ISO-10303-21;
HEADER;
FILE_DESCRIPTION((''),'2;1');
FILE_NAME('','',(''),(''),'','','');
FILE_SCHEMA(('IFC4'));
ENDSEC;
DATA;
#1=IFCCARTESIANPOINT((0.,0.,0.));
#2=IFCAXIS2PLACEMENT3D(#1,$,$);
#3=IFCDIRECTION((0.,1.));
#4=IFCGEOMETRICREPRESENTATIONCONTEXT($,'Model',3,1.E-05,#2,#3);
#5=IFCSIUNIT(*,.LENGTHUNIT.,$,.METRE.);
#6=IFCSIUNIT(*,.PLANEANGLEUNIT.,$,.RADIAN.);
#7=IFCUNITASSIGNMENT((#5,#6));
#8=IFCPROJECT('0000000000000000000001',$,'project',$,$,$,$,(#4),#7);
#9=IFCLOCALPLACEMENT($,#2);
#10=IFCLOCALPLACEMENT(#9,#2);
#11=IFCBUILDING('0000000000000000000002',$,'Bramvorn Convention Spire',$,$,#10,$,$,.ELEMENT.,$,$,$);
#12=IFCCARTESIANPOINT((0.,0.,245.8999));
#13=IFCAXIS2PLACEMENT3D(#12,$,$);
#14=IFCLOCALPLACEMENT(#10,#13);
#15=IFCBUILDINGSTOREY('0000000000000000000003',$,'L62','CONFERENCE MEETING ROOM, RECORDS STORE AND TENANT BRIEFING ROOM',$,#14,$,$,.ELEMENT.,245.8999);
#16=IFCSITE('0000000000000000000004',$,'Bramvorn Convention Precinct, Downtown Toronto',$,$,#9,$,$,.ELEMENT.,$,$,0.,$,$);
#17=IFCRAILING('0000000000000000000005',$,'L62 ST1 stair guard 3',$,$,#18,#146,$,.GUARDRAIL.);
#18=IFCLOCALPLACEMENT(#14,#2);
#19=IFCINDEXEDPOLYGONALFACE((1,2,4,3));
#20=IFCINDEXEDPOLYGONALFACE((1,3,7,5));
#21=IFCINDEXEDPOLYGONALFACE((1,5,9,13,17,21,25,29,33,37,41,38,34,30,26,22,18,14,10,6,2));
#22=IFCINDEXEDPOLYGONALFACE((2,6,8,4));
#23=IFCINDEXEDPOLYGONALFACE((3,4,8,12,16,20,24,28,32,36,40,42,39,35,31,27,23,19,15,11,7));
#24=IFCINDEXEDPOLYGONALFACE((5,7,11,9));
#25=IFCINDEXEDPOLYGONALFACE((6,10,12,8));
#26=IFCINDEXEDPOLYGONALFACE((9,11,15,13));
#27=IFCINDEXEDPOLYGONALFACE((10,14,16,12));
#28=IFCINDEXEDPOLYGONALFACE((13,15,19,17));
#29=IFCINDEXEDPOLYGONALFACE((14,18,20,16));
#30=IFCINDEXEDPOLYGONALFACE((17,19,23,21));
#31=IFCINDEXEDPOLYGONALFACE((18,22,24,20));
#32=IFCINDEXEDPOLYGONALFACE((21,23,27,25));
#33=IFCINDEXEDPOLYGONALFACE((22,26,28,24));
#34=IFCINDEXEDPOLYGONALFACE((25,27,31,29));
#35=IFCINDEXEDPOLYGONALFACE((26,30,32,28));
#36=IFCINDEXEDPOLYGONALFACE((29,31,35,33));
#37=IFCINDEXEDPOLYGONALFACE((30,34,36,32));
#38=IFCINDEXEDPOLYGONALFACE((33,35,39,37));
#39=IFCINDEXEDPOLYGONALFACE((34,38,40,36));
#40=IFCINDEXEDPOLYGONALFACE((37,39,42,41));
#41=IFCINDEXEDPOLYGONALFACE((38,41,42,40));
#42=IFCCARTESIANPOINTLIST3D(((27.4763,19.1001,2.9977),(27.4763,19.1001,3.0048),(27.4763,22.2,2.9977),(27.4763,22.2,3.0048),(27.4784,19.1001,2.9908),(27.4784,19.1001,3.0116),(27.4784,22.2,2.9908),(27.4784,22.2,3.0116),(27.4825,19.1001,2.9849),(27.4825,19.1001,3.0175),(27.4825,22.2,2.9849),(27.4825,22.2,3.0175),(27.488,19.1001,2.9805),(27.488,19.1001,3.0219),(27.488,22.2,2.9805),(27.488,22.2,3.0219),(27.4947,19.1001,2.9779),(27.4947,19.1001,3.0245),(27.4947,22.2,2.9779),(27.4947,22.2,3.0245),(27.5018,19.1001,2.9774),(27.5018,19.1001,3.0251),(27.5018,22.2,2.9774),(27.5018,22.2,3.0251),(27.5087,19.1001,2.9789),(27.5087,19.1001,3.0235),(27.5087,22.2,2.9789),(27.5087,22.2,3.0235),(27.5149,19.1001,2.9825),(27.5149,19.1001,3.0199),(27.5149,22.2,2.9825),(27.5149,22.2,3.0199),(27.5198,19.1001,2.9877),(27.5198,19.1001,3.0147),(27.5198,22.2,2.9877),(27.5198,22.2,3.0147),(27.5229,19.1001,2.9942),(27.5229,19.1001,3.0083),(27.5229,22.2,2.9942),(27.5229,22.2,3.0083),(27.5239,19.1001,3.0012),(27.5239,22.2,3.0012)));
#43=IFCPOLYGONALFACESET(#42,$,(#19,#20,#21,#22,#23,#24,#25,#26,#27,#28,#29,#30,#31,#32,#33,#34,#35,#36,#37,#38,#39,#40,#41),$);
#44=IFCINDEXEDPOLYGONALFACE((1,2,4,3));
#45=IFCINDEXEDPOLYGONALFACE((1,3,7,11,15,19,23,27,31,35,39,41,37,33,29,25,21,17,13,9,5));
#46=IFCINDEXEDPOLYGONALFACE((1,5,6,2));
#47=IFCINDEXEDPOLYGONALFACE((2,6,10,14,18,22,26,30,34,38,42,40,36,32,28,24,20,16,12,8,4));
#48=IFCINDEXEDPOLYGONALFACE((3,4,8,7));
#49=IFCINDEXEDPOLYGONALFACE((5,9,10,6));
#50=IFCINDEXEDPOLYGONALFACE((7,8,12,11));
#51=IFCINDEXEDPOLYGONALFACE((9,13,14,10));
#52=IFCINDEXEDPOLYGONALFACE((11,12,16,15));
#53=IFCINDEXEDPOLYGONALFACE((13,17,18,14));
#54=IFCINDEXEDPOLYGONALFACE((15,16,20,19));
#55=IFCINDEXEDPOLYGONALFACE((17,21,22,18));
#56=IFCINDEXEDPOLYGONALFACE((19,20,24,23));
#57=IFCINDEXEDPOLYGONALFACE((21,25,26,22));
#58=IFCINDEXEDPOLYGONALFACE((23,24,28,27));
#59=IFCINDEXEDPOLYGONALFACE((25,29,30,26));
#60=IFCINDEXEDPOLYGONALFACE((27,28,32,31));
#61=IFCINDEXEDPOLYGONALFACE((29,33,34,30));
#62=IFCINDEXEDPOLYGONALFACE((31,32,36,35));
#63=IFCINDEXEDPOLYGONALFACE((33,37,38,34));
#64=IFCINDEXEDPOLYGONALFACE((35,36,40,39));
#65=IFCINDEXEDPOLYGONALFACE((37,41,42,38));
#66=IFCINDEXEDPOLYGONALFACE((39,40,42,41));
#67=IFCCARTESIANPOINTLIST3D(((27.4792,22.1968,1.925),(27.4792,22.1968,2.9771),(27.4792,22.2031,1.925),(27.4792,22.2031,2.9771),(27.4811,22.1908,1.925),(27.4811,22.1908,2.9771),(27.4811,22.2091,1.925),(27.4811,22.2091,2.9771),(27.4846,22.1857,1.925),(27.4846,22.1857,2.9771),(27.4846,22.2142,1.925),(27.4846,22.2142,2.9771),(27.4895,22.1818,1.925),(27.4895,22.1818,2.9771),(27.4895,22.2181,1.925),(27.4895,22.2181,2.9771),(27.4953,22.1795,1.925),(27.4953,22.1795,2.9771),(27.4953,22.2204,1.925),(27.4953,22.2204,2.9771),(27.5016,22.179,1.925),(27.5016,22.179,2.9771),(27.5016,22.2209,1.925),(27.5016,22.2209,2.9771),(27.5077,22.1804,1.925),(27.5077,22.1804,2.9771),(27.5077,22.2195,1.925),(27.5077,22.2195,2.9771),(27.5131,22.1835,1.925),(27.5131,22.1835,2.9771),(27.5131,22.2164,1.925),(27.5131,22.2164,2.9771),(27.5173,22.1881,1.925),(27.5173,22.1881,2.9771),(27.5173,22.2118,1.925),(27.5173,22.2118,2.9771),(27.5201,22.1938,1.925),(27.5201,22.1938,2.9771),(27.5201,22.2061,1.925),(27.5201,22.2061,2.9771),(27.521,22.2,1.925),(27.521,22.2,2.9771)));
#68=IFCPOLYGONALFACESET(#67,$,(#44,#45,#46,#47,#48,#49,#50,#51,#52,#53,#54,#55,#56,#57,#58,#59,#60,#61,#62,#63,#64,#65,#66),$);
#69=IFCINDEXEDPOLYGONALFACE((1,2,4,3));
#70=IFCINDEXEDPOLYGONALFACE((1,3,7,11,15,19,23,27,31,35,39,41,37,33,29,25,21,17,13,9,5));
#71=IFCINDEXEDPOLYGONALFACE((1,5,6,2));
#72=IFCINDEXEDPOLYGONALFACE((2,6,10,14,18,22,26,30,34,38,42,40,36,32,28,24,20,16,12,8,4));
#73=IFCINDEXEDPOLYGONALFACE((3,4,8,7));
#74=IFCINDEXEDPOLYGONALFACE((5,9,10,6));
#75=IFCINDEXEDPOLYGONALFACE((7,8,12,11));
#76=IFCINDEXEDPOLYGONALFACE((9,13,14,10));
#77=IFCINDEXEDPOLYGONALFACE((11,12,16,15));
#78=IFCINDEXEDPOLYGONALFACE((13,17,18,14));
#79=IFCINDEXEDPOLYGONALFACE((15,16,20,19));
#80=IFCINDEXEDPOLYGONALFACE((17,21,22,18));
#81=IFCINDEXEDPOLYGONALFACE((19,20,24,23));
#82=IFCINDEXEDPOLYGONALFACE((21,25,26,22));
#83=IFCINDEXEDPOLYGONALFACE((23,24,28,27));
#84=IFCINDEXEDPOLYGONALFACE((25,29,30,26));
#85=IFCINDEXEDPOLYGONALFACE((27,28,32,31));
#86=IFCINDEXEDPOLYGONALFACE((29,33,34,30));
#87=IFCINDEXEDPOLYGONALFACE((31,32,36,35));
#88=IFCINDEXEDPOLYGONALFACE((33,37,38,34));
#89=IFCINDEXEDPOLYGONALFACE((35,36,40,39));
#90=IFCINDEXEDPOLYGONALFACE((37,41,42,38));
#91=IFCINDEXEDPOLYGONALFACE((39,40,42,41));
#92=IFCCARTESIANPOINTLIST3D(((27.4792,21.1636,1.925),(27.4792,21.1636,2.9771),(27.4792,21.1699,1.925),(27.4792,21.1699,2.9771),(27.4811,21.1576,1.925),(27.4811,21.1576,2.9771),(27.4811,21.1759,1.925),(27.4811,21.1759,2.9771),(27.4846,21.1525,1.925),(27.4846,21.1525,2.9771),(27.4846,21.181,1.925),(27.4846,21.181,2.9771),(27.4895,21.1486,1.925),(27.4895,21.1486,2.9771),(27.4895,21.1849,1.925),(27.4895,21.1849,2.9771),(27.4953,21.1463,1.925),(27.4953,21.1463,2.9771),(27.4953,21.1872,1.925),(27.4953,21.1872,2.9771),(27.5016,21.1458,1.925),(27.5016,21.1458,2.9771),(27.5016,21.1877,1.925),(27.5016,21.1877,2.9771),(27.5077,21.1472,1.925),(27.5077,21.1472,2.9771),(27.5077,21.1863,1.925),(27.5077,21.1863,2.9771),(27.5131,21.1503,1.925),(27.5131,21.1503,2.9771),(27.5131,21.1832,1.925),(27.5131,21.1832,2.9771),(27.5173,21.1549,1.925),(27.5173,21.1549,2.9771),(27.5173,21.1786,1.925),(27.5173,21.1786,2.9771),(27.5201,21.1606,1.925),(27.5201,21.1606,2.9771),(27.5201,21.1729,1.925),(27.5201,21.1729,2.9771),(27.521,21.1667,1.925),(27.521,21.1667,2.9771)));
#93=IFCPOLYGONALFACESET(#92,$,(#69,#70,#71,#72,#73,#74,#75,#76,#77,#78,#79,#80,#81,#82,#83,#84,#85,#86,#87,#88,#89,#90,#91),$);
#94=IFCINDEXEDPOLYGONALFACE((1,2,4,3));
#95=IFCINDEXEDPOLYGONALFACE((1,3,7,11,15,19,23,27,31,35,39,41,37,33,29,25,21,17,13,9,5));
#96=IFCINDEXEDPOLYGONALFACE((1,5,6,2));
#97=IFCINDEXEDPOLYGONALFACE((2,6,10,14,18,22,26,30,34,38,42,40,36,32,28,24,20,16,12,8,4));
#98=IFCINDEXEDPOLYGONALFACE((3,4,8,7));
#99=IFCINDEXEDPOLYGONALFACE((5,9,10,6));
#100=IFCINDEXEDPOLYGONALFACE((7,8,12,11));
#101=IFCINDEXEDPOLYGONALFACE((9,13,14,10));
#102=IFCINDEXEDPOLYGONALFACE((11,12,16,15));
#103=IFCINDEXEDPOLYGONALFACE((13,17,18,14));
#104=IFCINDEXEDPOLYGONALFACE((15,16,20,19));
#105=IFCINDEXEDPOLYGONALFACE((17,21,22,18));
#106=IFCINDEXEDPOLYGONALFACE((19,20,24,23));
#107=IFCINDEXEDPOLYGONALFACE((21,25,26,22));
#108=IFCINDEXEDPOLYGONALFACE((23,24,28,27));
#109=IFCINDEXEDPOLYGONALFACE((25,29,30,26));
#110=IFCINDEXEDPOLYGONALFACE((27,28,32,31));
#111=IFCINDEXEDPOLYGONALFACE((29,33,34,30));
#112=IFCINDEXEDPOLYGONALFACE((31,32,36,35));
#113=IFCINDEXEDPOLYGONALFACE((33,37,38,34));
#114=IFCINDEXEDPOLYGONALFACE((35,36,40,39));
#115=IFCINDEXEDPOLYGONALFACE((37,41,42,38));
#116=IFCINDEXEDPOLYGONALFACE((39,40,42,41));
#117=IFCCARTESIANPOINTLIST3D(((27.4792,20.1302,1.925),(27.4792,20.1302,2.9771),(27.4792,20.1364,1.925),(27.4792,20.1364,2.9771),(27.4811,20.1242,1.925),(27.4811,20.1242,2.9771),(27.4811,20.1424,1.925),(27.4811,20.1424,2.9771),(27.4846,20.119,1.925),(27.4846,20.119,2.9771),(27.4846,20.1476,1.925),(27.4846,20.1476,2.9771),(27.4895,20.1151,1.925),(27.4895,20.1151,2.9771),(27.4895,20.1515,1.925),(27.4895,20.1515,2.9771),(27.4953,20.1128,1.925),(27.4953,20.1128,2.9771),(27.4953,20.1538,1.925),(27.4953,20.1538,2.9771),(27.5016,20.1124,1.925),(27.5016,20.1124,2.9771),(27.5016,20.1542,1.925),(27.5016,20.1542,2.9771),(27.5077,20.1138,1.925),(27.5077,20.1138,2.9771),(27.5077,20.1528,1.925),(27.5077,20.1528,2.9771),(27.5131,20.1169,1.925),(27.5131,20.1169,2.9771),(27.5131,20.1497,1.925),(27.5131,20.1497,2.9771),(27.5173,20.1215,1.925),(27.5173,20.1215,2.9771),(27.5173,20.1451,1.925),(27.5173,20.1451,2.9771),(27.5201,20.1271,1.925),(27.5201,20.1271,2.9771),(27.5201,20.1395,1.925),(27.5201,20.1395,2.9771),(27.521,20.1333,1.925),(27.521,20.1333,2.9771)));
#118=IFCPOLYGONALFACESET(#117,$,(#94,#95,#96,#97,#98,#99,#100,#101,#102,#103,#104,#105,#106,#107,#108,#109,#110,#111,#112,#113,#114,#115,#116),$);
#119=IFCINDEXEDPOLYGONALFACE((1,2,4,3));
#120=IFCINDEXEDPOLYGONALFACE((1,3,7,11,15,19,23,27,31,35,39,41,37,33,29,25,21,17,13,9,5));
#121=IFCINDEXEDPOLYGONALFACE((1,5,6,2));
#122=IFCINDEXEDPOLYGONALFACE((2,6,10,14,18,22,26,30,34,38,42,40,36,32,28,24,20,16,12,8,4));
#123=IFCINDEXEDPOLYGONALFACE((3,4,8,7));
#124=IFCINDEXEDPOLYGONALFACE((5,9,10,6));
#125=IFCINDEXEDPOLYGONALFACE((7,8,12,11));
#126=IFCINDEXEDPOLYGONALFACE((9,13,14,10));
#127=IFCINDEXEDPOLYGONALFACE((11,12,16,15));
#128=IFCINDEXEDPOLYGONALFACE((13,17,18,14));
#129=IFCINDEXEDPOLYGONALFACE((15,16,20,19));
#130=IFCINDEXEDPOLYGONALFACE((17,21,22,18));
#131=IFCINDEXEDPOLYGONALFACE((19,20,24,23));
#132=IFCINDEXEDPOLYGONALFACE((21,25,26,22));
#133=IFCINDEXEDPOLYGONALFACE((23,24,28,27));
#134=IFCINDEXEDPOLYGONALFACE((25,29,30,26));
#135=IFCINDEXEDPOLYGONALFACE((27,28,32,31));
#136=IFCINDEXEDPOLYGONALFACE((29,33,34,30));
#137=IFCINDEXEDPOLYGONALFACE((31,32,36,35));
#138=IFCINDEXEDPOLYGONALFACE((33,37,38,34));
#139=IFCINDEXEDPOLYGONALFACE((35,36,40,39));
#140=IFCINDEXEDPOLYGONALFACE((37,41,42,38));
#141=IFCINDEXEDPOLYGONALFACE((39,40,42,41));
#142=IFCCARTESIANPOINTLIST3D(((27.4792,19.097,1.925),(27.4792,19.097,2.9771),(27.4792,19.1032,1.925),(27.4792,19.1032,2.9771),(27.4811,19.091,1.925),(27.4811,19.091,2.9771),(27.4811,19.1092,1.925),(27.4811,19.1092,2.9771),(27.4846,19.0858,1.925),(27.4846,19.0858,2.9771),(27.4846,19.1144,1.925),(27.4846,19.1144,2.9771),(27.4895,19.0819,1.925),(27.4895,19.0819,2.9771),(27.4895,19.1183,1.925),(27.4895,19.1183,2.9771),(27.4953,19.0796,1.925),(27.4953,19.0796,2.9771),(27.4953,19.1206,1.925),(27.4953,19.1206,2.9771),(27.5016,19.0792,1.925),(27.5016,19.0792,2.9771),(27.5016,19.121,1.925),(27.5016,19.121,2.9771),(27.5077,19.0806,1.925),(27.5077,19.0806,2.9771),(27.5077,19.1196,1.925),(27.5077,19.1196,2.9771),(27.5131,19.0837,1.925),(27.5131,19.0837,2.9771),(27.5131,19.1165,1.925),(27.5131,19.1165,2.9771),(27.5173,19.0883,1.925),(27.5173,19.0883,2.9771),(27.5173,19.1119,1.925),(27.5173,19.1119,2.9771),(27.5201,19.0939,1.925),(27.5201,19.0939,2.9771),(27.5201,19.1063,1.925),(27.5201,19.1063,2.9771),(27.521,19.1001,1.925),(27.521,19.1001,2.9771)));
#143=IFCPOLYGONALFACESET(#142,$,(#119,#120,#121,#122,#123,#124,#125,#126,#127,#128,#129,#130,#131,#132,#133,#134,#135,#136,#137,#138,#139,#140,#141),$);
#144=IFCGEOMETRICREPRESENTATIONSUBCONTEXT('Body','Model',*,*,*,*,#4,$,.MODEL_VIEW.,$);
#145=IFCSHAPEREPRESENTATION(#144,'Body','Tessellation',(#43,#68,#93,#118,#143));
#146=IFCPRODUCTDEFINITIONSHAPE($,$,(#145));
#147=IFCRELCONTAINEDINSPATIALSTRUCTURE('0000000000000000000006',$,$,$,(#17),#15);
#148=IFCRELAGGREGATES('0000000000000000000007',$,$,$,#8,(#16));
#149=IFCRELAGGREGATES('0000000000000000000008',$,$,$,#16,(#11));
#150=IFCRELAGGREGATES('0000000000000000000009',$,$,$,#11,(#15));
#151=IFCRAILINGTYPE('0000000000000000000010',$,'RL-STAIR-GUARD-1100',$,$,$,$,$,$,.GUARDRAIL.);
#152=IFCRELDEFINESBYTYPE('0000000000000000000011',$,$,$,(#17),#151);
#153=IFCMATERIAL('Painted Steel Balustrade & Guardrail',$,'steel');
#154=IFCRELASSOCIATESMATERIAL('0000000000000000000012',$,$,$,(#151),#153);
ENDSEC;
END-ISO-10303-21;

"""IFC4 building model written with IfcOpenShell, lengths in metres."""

from ifc_helpers import new_model, si_unit, direction, frame, origin, origin_2d, place, context, subcontext, project, spatial, circle, extrude, material, type_object, element, save


model = new_model("IFC4")

# Units and contexts
model_context = context("Model", 3, precision=1e-05, world=origin(), true_north=direction((0.0, 1.0)))
body_context = subcontext(model_context, "Body", "Model", "MODEL_VIEW")
ifc_project = project(units=[si_unit("LENGTHUNIT", "METRE"), si_unit("PLANEANGLEUNIT", "RADIAN")], contexts=[model_context])

# Site, building, storey
site_placement = place(None, origin())
site = spatial("IfcSite", under=ifc_project, at=site_placement, Name="Bramvorn Convention Precinct, Downtown Toronto", CompositionType="ELEMENT", RefElevation=0.0)
building_placement = place(site_placement, origin())
building = spatial("IfcBuilding", under=site, at=building_placement, Name="Bramvorn Convention Spire", CompositionType="ELEMENT")
storey_placement = place(building_placement, frame((0.0, 0.0, 245.8999)))
storey = spatial("IfcBuildingStorey", under=building, at=storey_placement, Name="L62", Description="CONFERENCE MEETING ROOM, RECORDS STORE AND TENANT BRIEFING ROOM", CompositionType="ELEMENT", Elevation=245.8999)

# Railing
ifc_material_1 = material(Name="Painted Steel Balustrade & Guardrail", Category="steel")
railing_type_1 = type_object("IfcRailingType", Name="RL-STAIR-GUARD-1100", PredefinedType="GUARDRAIL", material=ifc_material_1)
for number, where, name in (
    (1, (27.5, 22.2, 1.925), "L62 ST1 stair guard 3"),
):
    element("IfcRailing", number, at=place(storey_placement, frame(where)), inside=storey, type_object=railing_type_1, Name=name, PredefinedType="GUARDRAIL", context=body_context, shape_type="SweptSolid", body=[
        extrude(circle(Radius=0.0239, at=origin_2d()), frame((0.0, 0.0, 1.0762), z_axis=(0.0, -1.0, 0.0), x_axis=(1.0, 0.0, 0.0)), (0.0, 0.0, 1.0), 3.0999),
        extrude(circle(Radius=0.021, at=origin_2d()), origin(), (0.0, 0.0, 1.0), 1.052),
        extrude(circle(Radius=0.021, at=origin_2d()), frame((0.0, -1.0332, 0.0)), (0.0, 0.0, 1.0), 1.052),
        extrude(circle(Radius=0.021, at=origin_2d()), frame((0.0, -2.0667, 0.0)), (0.0, 0.0, 1.0), 1.052),
        extrude(circle(Radius=0.021, at=origin_2d()), frame((0.0, -3.0999, 0.0)), (0.0, 0.0, 1.0), 1.052),
    ])

save(model, "model.ifc")
